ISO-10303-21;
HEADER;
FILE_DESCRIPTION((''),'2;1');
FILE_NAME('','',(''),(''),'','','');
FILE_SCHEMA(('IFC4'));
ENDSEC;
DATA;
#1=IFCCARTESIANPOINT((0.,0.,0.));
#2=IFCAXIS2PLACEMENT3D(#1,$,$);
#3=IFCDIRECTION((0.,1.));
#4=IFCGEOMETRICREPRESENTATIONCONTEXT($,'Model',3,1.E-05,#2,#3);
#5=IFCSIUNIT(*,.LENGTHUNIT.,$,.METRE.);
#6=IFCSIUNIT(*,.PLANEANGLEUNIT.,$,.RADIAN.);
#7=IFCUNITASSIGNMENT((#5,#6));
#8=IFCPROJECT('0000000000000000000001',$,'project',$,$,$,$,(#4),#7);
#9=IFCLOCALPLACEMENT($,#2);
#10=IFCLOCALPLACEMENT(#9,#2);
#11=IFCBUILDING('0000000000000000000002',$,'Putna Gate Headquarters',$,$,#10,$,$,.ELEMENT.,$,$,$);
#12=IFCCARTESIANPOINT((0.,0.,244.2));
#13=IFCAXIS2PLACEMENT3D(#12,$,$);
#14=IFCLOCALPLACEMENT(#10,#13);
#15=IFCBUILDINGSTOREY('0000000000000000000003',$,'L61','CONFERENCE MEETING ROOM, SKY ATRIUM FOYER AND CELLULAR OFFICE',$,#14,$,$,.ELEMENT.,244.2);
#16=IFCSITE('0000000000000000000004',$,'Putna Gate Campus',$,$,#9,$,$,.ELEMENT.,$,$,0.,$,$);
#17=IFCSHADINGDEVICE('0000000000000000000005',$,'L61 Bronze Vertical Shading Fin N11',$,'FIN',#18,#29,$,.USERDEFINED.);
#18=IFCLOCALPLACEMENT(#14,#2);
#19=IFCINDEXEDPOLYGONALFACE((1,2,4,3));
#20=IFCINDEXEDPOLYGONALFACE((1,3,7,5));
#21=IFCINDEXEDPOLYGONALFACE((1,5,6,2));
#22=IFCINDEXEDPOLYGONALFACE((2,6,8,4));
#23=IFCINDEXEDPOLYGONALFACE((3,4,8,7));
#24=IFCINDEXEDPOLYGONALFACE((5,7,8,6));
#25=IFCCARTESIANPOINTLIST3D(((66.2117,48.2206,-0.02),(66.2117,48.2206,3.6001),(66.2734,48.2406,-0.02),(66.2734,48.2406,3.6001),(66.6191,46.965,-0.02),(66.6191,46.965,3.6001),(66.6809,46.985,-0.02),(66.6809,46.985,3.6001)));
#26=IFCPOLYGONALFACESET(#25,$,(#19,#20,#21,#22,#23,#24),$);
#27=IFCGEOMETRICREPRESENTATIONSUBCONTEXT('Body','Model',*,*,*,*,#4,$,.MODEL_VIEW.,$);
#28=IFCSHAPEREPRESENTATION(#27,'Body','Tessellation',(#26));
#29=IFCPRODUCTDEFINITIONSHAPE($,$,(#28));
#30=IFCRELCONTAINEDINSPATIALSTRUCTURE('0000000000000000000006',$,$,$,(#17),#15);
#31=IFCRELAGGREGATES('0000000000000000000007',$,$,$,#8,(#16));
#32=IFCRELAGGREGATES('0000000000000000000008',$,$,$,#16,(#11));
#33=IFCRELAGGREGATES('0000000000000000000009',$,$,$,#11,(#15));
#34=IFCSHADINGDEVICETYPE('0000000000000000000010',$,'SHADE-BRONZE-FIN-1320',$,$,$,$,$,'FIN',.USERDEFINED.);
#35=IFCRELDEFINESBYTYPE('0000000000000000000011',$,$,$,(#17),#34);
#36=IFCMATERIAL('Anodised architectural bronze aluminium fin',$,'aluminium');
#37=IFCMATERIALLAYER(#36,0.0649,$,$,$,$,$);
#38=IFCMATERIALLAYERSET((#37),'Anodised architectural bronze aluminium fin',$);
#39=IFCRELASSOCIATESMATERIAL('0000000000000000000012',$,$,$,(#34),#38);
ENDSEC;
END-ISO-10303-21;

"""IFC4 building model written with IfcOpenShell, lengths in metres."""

from ifc_helpers import new_model, si_unit, direction, frame, origin, origin_2d, place, context, subcontext, project, spatial, rectangle, extrude, material, layer, layer_set, type_object, element, save


model = new_model("IFC4")

# Units and contexts
model_context = context("Model", 3, precision=1e-05, world=origin(), true_north=direction((0.0, 1.0)))
body_context = subcontext(model_context, "Body", "Model", "MODEL_VIEW")
ifc_project = project(units=[si_unit("LENGTHUNIT", "METRE"), si_unit("PLANEANGLEUNIT", "RADIAN")], contexts=[model_context])

# Site, building, storey
site_placement = place(None, origin())
site = spatial("IfcSite", under=ifc_project, at=site_placement, Name="Putna Gate Campus", CompositionType="ELEMENT", RefElevation=0.0)
building_placement = place(site_placement, origin())
building = spatial("IfcBuilding", under=site, at=building_placement, Name="Putna Gate Headquarters", CompositionType="ELEMENT")
storey_placement = place(building_placement, frame((0.0, 0.0, 244.2)))
storey = spatial("IfcBuildingStorey", under=building, at=storey_placement, Name="L61", Description="CONFERENCE MEETING ROOM, SKY ATRIUM FOYER AND CELLULAR OFFICE", CompositionType="ELEMENT", Elevation=244.2)

# Shading device
ifc_material_1 = material(Name="Anodised architectural bronze aluminium fin", Category="aluminium")
ifc_layer_1 = layer(ifc_material_1, 0.0649)
ifc_layer_set_1 = layer_set([ifc_layer_1], Name="Anodised architectural bronze aluminium fin")
shading_device_type = type_object("IfcShadingDeviceType", Name="SHADE-BRONZE-FIN-1320", ElementType="FIN", PredefinedType="USERDEFINED", material=ifc_layer_set_1)
for number, where, z_axis, x_axis, name in (
    (1, (66.4463, 47.6028, -0.02), (0.0, 0.0, 1.0), (-0.308685, 0.951164, 0.0), "L61 Bronze Vertical Shading Fin N11"),
):
    element("IfcShadingDevice", number, at=place(storey_placement, frame(where, z_axis=z_axis, x_axis=x_axis)), inside=storey, type_object=shading_device_type, Name=name, ObjectType="FIN", PredefinedType="USERDEFINED", context=body_context, shape_type="SweptSolid", body=[
        extrude(rectangle(XDim=1.3201, YDim=0.0649, at=origin_2d()), origin(), (0.0, 0.0, 1.0), 3.6201),
    ])

save(model, "model.ifc")
